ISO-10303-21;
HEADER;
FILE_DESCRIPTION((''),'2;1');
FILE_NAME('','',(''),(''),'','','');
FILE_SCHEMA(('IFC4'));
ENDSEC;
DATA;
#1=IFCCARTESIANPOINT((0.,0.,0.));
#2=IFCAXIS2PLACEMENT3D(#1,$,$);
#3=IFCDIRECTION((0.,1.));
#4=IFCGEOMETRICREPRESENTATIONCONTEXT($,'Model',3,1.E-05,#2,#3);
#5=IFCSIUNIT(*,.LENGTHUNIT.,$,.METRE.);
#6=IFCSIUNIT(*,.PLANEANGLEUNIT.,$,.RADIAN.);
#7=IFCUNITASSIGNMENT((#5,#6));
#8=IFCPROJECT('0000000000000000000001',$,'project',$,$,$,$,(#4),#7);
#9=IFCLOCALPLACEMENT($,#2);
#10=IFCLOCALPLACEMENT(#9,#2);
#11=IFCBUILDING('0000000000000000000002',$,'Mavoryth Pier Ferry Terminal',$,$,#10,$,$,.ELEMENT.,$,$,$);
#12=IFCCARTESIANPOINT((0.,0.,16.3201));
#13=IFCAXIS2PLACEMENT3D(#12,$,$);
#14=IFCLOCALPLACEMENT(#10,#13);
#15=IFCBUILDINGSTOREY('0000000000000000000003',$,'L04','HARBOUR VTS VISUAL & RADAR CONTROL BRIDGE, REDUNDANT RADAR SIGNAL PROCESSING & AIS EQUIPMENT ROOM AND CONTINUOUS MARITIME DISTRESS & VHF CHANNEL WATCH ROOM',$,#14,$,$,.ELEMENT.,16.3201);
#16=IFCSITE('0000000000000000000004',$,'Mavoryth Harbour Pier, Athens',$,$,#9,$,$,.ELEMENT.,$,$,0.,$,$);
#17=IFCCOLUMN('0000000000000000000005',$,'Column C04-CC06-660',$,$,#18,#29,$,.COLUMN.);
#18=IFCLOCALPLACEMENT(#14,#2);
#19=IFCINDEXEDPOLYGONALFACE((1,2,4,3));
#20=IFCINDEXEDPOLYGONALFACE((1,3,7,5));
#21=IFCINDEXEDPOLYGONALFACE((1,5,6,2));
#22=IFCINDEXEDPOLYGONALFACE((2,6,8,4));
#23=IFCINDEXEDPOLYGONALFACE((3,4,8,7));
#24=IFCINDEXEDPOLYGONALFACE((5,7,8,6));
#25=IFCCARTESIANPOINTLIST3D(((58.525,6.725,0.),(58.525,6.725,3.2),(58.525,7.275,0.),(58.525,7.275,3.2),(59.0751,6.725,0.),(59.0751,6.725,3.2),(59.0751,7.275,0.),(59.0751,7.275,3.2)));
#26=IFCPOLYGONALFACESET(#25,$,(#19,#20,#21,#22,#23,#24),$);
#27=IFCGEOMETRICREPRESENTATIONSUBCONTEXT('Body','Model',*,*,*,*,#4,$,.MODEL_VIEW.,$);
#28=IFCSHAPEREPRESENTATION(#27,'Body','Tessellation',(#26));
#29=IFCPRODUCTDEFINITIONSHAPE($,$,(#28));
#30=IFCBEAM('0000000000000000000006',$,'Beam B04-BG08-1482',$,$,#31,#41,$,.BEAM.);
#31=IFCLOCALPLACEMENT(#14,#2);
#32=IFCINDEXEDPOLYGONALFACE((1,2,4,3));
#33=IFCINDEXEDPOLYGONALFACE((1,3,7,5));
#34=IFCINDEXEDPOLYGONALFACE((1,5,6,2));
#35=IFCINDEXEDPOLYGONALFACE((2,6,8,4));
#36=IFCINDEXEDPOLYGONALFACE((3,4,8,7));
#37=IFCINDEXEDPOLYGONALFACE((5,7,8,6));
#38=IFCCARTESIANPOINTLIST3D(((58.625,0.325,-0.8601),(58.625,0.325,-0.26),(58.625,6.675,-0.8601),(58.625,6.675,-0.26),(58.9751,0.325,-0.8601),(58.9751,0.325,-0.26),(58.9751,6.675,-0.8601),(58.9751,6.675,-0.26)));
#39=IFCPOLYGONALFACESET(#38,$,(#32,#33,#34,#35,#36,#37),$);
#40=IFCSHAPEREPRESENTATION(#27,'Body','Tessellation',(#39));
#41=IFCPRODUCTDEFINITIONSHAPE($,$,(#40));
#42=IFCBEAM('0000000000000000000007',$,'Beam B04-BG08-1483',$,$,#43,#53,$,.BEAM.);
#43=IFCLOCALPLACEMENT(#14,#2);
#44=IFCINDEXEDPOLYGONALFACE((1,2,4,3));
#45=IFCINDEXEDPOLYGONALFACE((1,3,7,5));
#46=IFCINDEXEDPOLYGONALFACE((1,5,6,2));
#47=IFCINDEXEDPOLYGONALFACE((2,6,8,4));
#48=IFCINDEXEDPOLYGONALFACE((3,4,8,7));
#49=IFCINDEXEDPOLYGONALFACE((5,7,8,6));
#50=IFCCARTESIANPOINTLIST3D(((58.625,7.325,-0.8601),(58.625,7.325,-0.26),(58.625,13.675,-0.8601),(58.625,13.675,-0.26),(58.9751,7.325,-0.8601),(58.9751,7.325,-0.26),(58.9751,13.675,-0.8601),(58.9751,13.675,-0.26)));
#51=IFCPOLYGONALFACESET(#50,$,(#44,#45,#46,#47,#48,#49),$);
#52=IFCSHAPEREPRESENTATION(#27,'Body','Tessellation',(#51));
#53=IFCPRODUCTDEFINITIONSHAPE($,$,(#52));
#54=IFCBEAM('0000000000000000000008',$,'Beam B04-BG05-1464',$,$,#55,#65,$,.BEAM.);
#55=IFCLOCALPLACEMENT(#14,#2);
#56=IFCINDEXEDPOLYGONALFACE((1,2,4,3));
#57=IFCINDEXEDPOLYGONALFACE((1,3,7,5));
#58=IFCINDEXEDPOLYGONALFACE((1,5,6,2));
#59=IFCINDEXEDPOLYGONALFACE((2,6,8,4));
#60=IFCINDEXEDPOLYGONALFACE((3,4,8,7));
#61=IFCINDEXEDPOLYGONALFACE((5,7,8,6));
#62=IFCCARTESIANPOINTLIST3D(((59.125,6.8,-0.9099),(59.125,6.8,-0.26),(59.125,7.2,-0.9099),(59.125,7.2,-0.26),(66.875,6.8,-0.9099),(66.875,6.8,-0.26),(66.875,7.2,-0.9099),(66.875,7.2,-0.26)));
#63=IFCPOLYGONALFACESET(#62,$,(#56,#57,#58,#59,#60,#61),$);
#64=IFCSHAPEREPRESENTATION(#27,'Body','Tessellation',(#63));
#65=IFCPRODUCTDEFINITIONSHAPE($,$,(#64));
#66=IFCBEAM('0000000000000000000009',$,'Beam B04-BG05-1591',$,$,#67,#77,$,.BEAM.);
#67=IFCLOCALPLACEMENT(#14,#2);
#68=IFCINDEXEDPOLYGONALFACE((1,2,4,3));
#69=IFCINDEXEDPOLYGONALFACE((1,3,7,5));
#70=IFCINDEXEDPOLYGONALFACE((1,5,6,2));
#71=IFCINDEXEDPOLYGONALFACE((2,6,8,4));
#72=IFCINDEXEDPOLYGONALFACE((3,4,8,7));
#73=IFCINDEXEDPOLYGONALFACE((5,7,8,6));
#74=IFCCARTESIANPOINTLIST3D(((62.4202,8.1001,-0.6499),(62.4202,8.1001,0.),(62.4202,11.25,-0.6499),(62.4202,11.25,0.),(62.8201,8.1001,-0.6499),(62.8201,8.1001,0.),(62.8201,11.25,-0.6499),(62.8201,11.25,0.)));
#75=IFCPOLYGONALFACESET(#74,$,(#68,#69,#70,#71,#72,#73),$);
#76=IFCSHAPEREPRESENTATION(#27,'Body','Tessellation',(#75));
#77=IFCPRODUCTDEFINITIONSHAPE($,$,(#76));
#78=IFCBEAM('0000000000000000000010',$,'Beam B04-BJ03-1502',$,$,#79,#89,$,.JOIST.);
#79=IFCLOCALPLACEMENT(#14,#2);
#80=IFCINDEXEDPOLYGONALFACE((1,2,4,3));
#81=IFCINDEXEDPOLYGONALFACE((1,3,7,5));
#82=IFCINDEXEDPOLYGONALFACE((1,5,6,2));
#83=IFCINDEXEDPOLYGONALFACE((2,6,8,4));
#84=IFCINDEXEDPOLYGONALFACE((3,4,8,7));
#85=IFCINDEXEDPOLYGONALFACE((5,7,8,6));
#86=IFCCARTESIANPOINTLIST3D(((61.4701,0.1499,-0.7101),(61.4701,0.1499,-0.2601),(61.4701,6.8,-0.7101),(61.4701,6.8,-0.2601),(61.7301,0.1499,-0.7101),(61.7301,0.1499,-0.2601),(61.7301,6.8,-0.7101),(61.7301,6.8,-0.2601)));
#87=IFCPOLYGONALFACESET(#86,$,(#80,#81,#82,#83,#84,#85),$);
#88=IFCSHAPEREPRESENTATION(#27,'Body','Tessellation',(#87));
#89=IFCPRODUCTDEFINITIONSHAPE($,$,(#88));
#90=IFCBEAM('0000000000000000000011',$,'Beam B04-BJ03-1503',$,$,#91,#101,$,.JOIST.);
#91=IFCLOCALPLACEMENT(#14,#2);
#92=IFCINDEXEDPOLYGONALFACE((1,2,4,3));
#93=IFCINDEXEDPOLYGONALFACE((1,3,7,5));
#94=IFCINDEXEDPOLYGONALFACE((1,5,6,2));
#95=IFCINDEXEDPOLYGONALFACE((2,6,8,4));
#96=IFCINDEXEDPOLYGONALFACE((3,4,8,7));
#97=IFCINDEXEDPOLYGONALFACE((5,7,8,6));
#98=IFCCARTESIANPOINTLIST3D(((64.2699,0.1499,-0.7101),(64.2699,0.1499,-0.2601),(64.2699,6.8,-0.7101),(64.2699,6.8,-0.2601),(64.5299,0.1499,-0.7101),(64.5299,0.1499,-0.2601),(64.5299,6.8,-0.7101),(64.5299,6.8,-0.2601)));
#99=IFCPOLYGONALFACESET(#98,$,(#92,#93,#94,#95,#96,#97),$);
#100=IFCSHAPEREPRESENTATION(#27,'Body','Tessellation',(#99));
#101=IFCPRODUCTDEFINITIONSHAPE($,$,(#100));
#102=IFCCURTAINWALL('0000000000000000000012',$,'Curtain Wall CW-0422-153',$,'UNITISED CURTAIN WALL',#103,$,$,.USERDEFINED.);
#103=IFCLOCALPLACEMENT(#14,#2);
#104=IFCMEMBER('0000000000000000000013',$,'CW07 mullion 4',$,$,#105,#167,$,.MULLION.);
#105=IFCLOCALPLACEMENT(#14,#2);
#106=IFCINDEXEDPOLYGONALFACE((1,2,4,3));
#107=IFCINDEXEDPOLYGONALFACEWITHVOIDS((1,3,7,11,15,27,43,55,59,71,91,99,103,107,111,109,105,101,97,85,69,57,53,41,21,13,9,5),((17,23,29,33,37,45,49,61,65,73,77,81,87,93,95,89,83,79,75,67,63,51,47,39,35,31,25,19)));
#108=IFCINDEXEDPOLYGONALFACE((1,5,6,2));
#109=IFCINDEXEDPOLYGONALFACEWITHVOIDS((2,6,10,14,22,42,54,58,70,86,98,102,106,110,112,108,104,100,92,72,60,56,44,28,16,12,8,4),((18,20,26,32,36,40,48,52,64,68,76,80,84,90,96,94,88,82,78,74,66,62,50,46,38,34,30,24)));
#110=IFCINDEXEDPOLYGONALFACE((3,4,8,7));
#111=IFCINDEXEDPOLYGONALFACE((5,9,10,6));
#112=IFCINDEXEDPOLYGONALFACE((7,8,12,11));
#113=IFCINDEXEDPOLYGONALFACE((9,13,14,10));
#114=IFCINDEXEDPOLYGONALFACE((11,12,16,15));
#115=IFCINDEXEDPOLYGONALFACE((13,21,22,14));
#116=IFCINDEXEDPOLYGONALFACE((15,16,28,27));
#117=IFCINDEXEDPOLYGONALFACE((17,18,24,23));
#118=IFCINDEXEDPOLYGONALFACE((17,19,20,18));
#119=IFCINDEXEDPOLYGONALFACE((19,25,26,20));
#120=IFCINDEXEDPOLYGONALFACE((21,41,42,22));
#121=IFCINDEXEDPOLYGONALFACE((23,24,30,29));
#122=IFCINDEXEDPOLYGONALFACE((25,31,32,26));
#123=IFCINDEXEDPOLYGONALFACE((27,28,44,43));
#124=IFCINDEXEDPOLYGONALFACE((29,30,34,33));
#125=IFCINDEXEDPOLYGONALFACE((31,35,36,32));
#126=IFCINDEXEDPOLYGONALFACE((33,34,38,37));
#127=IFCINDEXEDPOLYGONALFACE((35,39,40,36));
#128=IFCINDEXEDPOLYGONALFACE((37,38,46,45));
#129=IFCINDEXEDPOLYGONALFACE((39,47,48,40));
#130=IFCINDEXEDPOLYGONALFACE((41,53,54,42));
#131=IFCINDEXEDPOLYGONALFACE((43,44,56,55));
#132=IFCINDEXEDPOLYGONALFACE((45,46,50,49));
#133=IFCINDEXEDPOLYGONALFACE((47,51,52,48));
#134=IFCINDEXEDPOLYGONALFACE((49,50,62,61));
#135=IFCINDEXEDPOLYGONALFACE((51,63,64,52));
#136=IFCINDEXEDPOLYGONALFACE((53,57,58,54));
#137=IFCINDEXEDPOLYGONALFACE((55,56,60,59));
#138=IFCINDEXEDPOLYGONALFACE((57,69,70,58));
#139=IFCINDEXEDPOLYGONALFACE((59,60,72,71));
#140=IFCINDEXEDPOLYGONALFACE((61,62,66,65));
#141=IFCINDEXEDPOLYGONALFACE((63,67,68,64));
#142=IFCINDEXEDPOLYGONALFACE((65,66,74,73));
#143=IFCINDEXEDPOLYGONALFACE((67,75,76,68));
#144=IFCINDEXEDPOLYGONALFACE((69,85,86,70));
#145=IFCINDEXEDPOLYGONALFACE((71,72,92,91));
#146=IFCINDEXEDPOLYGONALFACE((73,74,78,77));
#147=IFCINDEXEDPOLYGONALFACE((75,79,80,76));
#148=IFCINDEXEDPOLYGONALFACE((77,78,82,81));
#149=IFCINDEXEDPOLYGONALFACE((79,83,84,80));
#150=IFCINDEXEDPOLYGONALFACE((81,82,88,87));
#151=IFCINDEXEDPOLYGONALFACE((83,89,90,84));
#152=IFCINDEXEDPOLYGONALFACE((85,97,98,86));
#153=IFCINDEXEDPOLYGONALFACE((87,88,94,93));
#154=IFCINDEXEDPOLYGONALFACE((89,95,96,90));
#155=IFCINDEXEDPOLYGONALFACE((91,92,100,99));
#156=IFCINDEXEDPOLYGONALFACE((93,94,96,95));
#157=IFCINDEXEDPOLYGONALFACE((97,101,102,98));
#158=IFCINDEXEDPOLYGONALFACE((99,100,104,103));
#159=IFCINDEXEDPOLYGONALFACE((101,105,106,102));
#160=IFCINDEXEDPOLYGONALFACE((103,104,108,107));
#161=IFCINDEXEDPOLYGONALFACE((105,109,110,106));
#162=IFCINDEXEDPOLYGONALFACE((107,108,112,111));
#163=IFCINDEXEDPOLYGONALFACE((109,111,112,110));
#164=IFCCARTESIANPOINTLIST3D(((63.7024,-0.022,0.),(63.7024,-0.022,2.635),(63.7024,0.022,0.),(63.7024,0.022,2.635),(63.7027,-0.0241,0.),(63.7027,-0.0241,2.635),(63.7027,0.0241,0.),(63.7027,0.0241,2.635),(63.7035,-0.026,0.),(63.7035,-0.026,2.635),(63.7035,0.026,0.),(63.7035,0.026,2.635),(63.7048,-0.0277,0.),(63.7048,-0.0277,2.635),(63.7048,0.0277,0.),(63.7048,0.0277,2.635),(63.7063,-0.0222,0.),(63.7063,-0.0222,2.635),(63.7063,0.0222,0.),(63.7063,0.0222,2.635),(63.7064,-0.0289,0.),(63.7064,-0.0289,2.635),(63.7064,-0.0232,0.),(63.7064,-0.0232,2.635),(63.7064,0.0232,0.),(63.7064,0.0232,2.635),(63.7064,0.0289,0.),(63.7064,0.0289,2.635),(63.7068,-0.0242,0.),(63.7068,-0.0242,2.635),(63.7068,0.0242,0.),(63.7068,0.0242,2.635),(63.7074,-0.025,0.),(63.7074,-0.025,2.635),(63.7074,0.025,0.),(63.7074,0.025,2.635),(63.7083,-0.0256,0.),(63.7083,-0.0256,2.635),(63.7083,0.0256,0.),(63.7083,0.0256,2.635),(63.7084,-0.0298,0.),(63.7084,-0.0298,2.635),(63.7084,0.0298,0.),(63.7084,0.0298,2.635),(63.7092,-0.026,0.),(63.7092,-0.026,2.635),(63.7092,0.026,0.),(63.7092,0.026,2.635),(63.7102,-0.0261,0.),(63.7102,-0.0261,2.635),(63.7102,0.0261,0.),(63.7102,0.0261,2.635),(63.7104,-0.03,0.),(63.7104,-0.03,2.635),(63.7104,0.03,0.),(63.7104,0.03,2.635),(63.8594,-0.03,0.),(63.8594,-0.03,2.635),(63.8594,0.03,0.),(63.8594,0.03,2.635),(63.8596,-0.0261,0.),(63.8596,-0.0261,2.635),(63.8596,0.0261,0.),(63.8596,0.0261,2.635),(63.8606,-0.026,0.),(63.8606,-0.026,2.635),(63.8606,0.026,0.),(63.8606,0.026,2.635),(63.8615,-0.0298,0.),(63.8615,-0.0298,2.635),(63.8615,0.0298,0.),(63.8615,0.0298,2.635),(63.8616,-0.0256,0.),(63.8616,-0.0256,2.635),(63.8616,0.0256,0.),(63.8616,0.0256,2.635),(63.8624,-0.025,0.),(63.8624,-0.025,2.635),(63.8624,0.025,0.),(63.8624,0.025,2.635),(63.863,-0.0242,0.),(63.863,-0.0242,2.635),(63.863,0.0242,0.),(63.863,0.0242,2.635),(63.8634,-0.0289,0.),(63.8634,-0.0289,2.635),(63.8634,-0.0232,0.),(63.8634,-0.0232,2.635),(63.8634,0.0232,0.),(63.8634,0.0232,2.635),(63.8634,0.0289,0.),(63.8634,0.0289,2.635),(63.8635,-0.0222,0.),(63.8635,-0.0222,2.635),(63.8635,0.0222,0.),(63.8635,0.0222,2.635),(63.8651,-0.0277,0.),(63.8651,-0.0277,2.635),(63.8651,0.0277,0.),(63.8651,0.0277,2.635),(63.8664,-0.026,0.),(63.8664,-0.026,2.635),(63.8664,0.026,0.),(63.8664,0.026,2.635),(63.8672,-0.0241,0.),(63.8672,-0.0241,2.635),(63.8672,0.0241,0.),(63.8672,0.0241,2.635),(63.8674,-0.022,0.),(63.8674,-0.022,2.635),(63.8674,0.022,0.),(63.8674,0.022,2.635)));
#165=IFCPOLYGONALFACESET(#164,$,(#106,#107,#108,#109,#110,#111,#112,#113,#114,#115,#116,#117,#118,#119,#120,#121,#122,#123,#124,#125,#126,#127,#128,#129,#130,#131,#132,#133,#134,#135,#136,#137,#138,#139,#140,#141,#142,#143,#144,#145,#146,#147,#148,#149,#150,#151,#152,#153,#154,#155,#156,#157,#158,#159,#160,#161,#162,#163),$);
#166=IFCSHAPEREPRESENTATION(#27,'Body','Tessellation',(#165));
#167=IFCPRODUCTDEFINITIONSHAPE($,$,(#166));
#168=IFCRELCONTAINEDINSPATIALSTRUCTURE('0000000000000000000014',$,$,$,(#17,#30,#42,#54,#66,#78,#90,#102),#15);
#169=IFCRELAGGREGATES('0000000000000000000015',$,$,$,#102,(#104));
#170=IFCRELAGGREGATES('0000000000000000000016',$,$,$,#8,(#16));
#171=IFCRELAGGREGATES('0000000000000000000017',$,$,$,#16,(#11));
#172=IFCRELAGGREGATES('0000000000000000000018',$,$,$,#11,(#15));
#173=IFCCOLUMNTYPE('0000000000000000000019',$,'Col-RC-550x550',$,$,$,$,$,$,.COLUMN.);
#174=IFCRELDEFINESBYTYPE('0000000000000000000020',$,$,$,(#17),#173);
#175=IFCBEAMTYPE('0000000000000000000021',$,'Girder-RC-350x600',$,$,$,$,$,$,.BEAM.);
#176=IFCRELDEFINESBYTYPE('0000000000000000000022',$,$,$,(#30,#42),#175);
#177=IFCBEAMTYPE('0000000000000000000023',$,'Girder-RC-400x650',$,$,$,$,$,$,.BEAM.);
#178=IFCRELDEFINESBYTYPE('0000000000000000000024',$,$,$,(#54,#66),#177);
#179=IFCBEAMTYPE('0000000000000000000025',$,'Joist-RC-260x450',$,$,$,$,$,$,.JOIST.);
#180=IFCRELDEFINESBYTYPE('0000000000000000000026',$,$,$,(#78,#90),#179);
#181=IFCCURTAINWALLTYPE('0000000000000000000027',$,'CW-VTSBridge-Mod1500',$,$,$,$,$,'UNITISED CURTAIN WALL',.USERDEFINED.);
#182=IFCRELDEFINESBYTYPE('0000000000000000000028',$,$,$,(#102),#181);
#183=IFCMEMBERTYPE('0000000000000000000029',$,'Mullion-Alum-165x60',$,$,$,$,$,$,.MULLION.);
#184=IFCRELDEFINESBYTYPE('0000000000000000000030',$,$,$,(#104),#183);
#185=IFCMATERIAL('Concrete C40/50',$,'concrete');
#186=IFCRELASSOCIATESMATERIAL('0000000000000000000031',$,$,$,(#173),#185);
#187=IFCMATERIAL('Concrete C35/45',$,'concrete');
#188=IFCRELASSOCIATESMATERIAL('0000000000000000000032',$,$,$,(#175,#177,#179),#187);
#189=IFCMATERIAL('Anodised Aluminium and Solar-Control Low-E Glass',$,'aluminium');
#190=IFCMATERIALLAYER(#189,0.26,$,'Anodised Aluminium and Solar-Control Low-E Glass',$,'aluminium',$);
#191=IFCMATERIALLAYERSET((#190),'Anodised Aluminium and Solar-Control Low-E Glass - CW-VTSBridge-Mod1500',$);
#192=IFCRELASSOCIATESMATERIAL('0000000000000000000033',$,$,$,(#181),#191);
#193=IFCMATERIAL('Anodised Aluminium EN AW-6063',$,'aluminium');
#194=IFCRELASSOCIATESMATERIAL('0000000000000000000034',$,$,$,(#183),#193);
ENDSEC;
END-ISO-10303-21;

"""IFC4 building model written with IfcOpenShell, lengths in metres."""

from ifc_helpers import new_model, si_unit, direction, frame, origin, origin_2d, place, context, subcontext, project, spatial, rectangle, hollow_rectangle, extrude, material, layer, layer_set, material_profile, profile_set, type_object, element, aggregate, save


model = new_model("IFC4")

# Units and contexts
model_context = context("Model", 3, precision=1e-05, world=origin(), true_north=direction((0.0, 1.0)))
body_context = subcontext(model_context, "Body", "Model", "MODEL_VIEW")
ifc_project = project(units=[si_unit("LENGTHUNIT", "METRE"), si_unit("PLANEANGLEUNIT", "RADIAN")], contexts=[model_context])

# Site, building, storey
site_placement = place(None, origin())
site = spatial("IfcSite", under=ifc_project, at=site_placement, Name="Mavoryth Harbour Pier, Athens", CompositionType="ELEMENT", RefElevation=0.0)
building_placement = place(site_placement, origin())
building = spatial("IfcBuilding", under=site, at=building_placement, Name="Mavoryth Pier Ferry Terminal", CompositionType="ELEMENT")
storey_placement = place(building_placement, frame((0.0, 0.0, 16.3201)))
storey = spatial("IfcBuildingStorey", under=building, at=storey_placement, Name="L04", Description="HARBOUR VTS VISUAL & RADAR CONTROL BRIDGE, REDUNDANT RADAR SIGNAL PROCESSING & AIS EQUIPMENT ROOM AND CONTINUOUS MARITIME DISTRESS & VHF CHANNEL WATCH ROOM", CompositionType="ELEMENT", Elevation=16.3201)

# Column
ifc_material_1 = material(Name="Concrete C40/50", Category="concrete")
ifc_material_profile_1 = material_profile(ifc_material_1, rectangle(XDim=0.55, YDim=0.55, at=origin_2d()), Name="RC 550x550", Category="concrete")
ifc_profile_set_1 = profile_set([ifc_material_profile_1], Name="Concrete C40/50 - RC 550x550")
column_type = type_object("IfcColumnType", Name="Col-RC-550x550", PredefinedType="COLUMN", material=ifc_profile_set_1)
column_placement = place(storey_placement, frame((58.8, 7.0, 0.0), z_axis=(0.0, 0.0, 1.0), x_axis=(1.0, 0.0, 0.0)))
element("IfcColumn", 1, at=column_placement, inside=storey, type_object=column_type, Name="Column C04-CC06-660", PredefinedType="COLUMN", context=body_context, shape_type="SweptSolid", body=[
    extrude(rectangle(XDim=0.55, YDim=0.55, at=origin_2d()), origin(), (0.0, 0.0, 1.0), 3.2),
])

# Beams
ifc_material_2 = material(Name="Concrete C35/45", Category="concrete")
ifc_material_profile_2 = material_profile(ifc_material_2, rectangle(XDim=0.3501, YDim=0.6001, at=origin_2d()), Name="RC 350x600", Category="concrete")
ifc_profile_set_2 = profile_set([ifc_material_profile_2], Name="Concrete C35/45 - RC 350x600")
beam_type_1 = type_object("IfcBeamType", Name="Girder-RC-350x600", PredefinedType="BEAM", material=ifc_profile_set_2)
for number, where, z_axis, x_axis, name in (
    (2, (58.8, 0.325, -0.5601), (0.0, 1.0, 0.0), (-1.0, 0.0, 0.0), "Beam B04-BG08-1482"),
    (3, (58.8, 7.325, -0.5601), (0.0, 1.0, 0.0), (-1.0, 0.0, 0.0), "Beam B04-BG08-1483"),
):
    element("IfcBeam", number, at=place(storey_placement, frame(where, z_axis=z_axis, x_axis=x_axis)), inside=storey, type_object=beam_type_1, Name=name, PredefinedType="BEAM", context=body_context, shape_type="SweptSolid", body=[
        extrude(rectangle(XDim=0.3501, YDim=0.6001, at=origin_2d()), origin(), (0.0, 0.0, 1.0), 6.3501),
    ])
ifc_material_profile_3 = material_profile(ifc_material_2, rectangle(XDim=0.3999, YDim=0.6499, at=origin_2d()), Name="RC 400x650", Category="concrete")
ifc_profile_set_3 = profile_set([ifc_material_profile_3], Name="Concrete C35/45 - RC 400x650")
beam_type_2 = type_object("IfcBeamType", Name="Girder-RC-400x650", PredefinedType="BEAM", material=ifc_profile_set_3)
beam_1_placement = place(storey_placement, frame((59.125, 7.0, -0.585), z_axis=(1.0, 0.0, 0.0), x_axis=(0.0, 1.0, 0.0)))
element("IfcBeam", 4, at=beam_1_placement, inside=storey, type_object=beam_type_2, Name="Beam B04-BG05-1464", PredefinedType="BEAM", context=body_context, shape_type="SweptSolid", body=[
    extrude(rectangle(XDim=0.3999, YDim=0.6499, at=origin_2d()), origin(), (0.0, 0.0, 1.0), 7.75),
])
beam_2_placement = place(storey_placement, frame((62.6201, 8.1001, -0.325), z_axis=(0.0, 1.0, 0.0), x_axis=(-1.0, 0.0, 0.0)))
element("IfcBeam", 5, at=beam_2_placement, inside=storey, type_object=beam_type_2, Name="Beam B04-BG05-1591", PredefinedType="BEAM", context=body_context, shape_type="SweptSolid", body=[
    extrude(rectangle(XDim=0.3999, YDim=0.6499, at=origin_2d()), origin(), (0.0, 0.0, 1.0), 3.1499),
])
ifc_material_profile_4 = material_profile(ifc_material_2, rectangle(XDim=0.26, YDim=0.45, at=origin_2d()), Name="RC 260x450", Category="concrete")
ifc_profile_set_4 = profile_set([ifc_material_profile_4], Name="Concrete C35/45 - RC 260x450")
beam_type_3 = type_object("IfcBeamType", Name="Joist-RC-260x450", PredefinedType="JOIST", material=ifc_profile_set_4)
for number, where, z_axis, x_axis, name in (
    (6, (61.6001, 0.1499, -0.4851), (0.0, 1.0, 0.0), (-1.0, 0.0, 0.0), "Beam B04-BJ03-1502"),
    (7, (64.3999, 0.1499, -0.4851), (0.0, 1.0, 0.0), (-1.0, 0.0, 0.0), "Beam B04-BJ03-1503"),
):
    element("IfcBeam", number, at=place(storey_placement, frame(where, z_axis=z_axis, x_axis=x_axis)), inside=storey, type_object=beam_type_3, Name=name, PredefinedType="JOIST", context=body_context, shape_type="SweptSolid", body=[
        extrude(rectangle(XDim=0.26, YDim=0.45, at=origin_2d()), origin(), (0.0, 0.0, 1.0), 6.6501),
    ])

# Curtain wall, member
ifc_material_3 = material(Name="Anodised Aluminium and Solar-Control Low-E Glass", Category="aluminium")
ifc_layer_1 = layer(ifc_material_3, 0.26, Name="Anodised Aluminium and Solar-Control Low-E Glass", Category="aluminium")
ifc_layer_set_1 = layer_set([ifc_layer_1], Name="Anodised Aluminium and Solar-Control Low-E Glass - CW-VTSBridge-Mod1500")
curtain_wall_type = type_object("IfcCurtainWallType", Name="CW-VTSBridge-Mod1500", ElementType="UNITISED CURTAIN WALL", PredefinedType="USERDEFINED", material=ifc_layer_set_1)
curtain_wall_placement = place(storey_placement, origin())
curtain_wall = element("IfcCurtainWall", 8, at=curtain_wall_placement, inside=storey, type_object=curtain_wall_type, Name="Curtain Wall CW-0422-153", ObjectType="UNITISED CURTAIN WALL", PredefinedType="USERDEFINED")
ifc_material_4 = material(Name="Anodised Aluminium EN AW-6063", Category="aluminium")
ifc_material_profile_5 = material_profile(ifc_material_4, hollow_rectangle(XDim=0.0601, YDim=0.165, WallThickness=0.0039, InnerFilletRadius=0.0039, OuterFilletRadius=0.0081, at=origin_2d()), Name="AL-MULL 165x60x4", Category="aluminium")
ifc_profile_set_5 = profile_set([ifc_material_profile_5], Name="Anodised Aluminium EN AW-6063 - AL-MULL 165x60x4")
member_type_1 = type_object("IfcMemberType", Name="Mullion-Alum-165x60", PredefinedType="MULLION", material=ifc_profile_set_5)
member_1_placement = place(storey_placement, frame((63.7849, 0.0, 0.0), z_axis=(0.0, 0.0, 1.0), x_axis=(0.0, 1.0, 0.0)))
member_1 = element("IfcMember", 9, at=member_1_placement, type_object=member_type_1, Name="CW07 mullion 4", PredefinedType="MULLION", context=body_context, shape_type="SweptSolid", body=[
    extrude(hollow_rectangle(XDim=0.0601, YDim=0.165, WallThickness=0.0039, InnerFilletRadius=0.0039, OuterFilletRadius=0.0081, at=origin_2d()), origin(), (0.0, 0.0, 1.0), 2.635),
])
aggregate(curtain_wall, [member_1])

save(model, "model.ifc")
